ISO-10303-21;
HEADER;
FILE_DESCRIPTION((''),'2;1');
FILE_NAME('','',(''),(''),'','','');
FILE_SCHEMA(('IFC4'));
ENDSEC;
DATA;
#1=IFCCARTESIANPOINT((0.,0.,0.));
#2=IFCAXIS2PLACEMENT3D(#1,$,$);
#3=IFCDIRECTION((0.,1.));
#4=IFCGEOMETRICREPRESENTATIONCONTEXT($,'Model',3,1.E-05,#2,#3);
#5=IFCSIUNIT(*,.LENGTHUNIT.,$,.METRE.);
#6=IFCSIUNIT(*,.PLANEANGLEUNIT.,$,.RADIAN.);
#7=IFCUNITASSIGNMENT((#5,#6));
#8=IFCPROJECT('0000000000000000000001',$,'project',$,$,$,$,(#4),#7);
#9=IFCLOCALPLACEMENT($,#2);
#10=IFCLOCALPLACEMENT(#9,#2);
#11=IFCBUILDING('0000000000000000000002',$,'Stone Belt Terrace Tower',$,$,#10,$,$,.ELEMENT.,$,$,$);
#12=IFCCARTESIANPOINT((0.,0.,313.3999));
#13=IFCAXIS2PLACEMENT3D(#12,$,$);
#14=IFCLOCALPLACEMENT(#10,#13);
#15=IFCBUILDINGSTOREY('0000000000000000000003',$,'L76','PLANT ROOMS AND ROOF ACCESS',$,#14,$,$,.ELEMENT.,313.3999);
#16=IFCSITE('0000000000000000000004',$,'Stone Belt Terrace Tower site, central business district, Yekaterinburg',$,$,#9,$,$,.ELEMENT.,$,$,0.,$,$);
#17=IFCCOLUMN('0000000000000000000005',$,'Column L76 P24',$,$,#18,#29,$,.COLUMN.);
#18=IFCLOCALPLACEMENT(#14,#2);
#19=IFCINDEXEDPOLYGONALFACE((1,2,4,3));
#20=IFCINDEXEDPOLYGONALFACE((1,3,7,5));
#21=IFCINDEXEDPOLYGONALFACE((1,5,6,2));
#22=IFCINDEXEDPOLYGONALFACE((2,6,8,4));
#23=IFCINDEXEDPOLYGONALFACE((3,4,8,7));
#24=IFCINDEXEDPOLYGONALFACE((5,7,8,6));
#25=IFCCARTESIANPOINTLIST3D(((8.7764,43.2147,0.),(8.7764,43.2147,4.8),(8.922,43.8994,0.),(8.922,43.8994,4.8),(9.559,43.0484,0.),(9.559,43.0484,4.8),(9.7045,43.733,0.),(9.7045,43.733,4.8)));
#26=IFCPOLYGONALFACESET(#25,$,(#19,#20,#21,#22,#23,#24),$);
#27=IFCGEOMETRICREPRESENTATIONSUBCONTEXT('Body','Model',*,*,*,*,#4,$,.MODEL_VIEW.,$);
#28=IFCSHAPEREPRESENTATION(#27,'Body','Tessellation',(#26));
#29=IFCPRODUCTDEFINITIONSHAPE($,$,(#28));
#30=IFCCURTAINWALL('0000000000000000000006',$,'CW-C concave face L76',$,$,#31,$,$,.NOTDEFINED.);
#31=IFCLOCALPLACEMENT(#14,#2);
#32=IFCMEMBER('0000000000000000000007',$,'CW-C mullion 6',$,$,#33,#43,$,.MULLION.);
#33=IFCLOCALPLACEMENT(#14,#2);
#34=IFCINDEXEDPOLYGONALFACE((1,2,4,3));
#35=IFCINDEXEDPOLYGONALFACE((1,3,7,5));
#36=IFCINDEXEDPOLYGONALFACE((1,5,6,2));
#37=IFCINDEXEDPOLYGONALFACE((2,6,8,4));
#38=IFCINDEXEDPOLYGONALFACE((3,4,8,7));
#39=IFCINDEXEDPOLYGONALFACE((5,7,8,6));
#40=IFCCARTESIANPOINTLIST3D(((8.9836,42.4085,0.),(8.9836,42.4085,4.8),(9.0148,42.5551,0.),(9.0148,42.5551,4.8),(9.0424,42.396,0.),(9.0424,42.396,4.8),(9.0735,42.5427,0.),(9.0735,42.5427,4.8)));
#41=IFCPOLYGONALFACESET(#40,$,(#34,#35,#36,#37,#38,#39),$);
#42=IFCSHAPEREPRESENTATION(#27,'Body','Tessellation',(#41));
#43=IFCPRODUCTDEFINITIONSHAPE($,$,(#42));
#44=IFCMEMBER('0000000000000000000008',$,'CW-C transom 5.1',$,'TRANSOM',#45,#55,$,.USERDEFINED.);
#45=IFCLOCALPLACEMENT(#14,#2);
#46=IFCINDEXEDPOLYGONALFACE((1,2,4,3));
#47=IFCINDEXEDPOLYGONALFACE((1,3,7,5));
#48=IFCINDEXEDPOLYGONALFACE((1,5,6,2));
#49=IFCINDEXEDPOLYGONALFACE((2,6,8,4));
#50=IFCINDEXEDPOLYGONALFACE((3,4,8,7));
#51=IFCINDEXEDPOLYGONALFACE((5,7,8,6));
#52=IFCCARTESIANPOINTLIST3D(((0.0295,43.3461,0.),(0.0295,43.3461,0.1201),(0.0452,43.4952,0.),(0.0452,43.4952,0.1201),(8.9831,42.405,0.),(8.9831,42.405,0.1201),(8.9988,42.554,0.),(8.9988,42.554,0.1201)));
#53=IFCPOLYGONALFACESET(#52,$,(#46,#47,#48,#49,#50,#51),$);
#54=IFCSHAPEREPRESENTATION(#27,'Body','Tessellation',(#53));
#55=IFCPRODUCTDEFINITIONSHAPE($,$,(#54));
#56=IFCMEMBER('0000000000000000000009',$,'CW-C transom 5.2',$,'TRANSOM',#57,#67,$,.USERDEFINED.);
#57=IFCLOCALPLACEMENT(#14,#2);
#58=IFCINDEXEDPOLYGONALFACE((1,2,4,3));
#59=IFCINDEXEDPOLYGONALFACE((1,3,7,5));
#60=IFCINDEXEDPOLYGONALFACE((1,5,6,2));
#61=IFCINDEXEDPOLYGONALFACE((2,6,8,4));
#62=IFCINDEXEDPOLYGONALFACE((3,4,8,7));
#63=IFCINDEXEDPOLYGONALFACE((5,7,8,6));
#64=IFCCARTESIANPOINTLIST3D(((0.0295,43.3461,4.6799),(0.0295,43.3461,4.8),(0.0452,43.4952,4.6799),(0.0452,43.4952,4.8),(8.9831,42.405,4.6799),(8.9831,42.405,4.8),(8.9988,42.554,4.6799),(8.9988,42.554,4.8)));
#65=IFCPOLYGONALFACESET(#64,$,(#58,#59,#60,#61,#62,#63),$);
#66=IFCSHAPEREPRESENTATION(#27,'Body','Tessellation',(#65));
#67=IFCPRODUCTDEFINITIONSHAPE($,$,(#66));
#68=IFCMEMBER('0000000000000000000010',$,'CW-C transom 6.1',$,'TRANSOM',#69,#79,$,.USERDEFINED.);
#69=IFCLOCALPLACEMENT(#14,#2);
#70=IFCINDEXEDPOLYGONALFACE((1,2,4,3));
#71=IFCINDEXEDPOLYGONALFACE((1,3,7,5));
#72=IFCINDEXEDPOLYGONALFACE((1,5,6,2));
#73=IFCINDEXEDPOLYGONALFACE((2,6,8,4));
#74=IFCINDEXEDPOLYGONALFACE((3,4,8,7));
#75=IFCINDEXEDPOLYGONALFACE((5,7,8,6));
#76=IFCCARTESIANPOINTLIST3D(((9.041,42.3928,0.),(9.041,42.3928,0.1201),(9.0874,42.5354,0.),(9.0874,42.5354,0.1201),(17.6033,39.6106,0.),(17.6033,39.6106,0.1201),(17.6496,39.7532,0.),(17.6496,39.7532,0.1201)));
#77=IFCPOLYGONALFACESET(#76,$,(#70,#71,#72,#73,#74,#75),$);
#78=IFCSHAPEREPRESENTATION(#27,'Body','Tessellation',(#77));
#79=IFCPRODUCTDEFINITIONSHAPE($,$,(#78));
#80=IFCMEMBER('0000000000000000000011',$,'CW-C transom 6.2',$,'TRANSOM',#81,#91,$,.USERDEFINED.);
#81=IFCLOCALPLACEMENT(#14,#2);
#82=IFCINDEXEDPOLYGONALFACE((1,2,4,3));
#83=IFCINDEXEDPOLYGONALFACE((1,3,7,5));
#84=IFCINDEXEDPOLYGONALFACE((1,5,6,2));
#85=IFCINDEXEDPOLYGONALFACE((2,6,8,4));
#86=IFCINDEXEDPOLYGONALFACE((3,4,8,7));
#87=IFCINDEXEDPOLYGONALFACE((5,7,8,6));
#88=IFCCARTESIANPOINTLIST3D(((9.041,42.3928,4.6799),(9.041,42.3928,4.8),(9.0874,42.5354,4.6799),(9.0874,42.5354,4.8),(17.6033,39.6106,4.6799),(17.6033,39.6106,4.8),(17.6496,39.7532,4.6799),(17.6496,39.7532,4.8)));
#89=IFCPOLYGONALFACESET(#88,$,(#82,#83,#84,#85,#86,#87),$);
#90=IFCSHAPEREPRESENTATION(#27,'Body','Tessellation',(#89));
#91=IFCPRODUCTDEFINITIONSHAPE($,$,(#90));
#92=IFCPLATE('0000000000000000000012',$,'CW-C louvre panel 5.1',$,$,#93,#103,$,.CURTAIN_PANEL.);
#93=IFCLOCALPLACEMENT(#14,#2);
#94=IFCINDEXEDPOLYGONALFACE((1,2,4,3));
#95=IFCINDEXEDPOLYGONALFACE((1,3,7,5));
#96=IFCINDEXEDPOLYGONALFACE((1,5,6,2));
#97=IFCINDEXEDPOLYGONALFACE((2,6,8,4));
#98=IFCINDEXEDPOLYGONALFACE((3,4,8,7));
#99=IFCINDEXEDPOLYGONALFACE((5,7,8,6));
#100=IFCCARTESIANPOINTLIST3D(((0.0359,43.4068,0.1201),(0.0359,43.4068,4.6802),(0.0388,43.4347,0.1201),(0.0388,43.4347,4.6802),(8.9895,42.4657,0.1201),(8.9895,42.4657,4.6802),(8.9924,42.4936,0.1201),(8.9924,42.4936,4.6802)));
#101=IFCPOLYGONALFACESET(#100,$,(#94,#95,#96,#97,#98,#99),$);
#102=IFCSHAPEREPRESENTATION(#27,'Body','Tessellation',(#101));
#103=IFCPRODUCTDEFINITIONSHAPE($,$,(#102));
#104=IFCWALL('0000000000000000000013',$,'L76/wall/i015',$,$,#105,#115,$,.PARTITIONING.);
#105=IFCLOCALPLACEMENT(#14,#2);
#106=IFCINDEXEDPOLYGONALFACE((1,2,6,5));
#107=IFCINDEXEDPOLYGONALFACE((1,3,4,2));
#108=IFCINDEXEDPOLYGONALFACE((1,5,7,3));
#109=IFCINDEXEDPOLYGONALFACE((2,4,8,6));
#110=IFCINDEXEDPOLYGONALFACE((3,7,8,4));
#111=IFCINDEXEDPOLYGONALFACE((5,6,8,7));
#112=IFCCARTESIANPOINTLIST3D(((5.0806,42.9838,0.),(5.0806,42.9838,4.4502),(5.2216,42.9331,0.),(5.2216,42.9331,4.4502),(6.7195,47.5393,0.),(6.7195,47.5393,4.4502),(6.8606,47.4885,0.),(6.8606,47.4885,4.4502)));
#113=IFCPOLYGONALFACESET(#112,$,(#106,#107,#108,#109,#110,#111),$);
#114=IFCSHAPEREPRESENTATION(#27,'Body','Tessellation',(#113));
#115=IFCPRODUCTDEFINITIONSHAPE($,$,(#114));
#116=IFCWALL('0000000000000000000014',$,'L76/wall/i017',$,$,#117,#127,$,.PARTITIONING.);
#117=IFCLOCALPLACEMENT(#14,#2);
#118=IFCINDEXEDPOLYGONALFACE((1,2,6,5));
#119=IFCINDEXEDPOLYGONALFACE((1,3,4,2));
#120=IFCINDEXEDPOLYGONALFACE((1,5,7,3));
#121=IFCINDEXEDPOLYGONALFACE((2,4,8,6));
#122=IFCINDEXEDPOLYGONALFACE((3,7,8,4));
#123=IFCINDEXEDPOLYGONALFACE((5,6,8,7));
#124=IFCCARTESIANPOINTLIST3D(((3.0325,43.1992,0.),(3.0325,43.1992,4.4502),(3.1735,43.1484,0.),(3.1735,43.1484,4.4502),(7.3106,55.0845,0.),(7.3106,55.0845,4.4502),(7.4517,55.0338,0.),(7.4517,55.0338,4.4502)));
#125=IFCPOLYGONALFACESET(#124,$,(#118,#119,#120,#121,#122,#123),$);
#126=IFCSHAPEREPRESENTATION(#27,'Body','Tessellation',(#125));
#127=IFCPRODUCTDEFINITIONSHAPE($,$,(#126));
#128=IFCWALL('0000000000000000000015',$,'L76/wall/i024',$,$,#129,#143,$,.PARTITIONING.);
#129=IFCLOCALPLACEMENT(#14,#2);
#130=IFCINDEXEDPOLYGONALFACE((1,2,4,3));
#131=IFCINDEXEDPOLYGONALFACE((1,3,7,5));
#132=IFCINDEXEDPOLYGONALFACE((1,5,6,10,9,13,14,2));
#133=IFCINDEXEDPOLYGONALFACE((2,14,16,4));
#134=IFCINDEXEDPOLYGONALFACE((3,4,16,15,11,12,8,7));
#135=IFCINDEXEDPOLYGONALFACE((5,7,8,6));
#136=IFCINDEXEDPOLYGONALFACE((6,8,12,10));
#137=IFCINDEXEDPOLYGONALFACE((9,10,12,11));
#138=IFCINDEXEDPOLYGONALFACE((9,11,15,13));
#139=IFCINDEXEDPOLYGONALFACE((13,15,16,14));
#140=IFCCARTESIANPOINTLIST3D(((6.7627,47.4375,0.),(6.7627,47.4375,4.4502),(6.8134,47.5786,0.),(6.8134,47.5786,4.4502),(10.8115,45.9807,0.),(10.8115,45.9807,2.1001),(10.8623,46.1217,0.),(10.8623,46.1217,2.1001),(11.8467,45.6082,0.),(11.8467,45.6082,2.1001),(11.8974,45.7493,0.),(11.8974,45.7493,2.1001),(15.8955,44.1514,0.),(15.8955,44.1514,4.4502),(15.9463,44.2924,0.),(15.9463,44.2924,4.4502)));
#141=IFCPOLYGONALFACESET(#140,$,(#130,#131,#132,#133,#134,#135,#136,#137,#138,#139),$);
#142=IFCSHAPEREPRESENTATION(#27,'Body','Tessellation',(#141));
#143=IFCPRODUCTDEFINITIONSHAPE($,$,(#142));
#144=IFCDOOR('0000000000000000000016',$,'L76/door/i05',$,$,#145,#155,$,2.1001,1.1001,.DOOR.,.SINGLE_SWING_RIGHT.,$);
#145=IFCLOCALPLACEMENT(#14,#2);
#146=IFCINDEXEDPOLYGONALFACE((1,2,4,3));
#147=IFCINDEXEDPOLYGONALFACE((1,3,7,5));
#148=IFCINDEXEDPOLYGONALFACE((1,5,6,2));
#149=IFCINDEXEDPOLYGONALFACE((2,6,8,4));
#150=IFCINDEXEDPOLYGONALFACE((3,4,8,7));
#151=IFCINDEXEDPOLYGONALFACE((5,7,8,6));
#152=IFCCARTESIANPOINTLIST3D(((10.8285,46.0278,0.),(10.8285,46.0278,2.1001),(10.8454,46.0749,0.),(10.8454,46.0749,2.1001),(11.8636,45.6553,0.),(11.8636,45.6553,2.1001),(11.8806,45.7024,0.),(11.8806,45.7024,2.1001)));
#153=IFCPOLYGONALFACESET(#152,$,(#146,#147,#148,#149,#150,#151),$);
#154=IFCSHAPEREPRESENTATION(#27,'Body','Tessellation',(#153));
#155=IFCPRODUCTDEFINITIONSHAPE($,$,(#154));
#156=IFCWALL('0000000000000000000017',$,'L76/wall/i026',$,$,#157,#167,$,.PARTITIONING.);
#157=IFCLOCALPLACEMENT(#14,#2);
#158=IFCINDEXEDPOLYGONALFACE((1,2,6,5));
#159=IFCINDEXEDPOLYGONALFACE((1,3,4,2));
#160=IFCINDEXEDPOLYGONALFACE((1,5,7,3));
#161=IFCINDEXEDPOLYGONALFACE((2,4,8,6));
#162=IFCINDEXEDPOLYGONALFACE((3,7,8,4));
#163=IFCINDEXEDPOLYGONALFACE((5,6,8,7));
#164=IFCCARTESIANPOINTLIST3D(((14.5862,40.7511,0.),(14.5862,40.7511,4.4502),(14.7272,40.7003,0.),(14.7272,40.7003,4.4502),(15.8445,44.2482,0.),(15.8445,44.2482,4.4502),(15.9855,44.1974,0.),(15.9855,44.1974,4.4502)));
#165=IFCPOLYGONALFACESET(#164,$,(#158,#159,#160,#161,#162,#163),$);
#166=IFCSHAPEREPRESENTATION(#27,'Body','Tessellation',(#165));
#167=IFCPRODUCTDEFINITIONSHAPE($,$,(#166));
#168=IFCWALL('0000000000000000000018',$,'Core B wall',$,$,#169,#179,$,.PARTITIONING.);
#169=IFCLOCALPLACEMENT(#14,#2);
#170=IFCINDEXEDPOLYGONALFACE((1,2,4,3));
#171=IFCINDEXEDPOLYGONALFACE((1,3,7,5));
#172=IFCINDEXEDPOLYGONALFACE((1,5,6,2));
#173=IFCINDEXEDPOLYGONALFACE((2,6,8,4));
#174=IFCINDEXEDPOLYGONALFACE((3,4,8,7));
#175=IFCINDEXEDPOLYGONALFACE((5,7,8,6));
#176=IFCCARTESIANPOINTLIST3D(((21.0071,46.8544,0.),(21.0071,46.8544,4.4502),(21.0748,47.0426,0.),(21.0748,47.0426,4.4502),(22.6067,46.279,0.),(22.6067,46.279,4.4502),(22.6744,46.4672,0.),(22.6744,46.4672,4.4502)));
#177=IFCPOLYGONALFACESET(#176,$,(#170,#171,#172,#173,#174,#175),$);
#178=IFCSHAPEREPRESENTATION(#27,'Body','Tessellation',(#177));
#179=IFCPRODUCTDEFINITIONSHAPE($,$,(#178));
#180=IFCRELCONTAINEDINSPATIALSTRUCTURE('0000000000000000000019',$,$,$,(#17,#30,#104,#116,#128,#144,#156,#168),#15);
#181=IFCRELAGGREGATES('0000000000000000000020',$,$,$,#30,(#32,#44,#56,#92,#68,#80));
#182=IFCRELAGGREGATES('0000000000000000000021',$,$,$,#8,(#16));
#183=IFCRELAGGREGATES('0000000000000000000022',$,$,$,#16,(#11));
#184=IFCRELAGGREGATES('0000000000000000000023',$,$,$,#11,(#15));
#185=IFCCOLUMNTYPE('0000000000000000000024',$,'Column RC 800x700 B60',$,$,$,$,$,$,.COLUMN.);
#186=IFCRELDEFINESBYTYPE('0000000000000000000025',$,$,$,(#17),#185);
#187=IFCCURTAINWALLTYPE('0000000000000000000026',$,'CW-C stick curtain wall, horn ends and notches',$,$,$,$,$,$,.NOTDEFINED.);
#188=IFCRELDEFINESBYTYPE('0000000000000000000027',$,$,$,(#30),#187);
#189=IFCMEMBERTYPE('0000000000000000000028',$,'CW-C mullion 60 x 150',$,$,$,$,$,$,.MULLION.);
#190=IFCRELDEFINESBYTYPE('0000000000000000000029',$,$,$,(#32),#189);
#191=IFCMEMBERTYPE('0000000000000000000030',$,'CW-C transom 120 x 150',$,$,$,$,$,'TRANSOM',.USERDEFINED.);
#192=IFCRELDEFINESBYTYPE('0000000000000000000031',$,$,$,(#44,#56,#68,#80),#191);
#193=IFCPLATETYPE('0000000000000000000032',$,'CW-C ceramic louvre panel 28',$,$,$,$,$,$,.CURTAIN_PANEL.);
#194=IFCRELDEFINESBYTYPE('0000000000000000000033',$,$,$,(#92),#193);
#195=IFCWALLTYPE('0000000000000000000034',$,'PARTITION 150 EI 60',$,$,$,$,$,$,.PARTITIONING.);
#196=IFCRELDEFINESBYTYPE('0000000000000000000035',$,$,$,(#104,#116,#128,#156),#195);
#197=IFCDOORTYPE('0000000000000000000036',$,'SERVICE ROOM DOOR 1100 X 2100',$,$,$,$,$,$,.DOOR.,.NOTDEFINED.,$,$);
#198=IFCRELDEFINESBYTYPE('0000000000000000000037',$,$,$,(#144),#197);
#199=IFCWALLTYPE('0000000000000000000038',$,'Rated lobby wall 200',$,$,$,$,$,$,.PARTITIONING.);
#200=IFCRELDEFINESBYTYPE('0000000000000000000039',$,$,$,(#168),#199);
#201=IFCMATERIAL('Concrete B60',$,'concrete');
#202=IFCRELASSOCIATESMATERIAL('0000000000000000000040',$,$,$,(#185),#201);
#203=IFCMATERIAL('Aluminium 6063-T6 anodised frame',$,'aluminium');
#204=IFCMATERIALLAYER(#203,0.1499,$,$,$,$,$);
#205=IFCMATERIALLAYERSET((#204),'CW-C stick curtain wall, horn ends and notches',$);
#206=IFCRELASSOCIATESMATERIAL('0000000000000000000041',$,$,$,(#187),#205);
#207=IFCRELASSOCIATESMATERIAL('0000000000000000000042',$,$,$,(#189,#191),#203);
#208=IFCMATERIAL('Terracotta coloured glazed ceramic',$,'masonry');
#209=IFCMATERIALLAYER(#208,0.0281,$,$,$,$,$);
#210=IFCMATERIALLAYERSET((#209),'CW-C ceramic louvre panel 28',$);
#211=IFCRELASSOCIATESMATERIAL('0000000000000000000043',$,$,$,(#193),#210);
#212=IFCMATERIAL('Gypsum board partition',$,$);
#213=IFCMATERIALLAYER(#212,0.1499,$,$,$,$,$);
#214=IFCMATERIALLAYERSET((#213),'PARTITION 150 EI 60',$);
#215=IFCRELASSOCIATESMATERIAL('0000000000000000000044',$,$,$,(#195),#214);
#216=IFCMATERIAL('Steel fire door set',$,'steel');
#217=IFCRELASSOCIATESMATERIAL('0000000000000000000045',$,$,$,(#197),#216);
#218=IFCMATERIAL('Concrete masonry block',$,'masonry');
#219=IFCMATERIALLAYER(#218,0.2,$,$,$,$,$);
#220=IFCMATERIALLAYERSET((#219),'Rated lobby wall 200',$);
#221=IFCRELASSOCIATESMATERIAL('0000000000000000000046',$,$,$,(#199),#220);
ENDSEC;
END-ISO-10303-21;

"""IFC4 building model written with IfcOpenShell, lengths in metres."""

from ifc_helpers import new_model, si_unit, direction, frame, frame_2d, origin, origin_2d, place, context, subcontext, project, spatial, rectangle, extrude, material, layer, layer_set, material_profile, profile_set, type_object, element, fill, aggregate, save


model = new_model("IFC4")

# Units and contexts
model_context = context("Model", 3, precision=1e-05, world=origin(), true_north=direction((0.0, 1.0)))
body_context = subcontext(model_context, "Body", "Model", "MODEL_VIEW")
ifc_project = project(units=[si_unit("LENGTHUNIT", "METRE"), si_unit("PLANEANGLEUNIT", "RADIAN")], contexts=[model_context])

# Site, building, storey
site_placement = place(None, origin())
site = spatial("IfcSite", under=ifc_project, at=site_placement, Name="Stone Belt Terrace Tower site, central business district, Yekaterinburg", CompositionType="ELEMENT", RefElevation=0.0)
building_placement = place(site_placement, origin())
building = spatial("IfcBuilding", under=site, at=building_placement, Name="Stone Belt Terrace Tower", CompositionType="ELEMENT")
storey_placement = place(building_placement, frame((0.0, 0.0, 313.3999)))
storey = spatial("IfcBuildingStorey", under=building, at=storey_placement, Name="L76", Description="PLANT ROOMS AND ROOF ACCESS", CompositionType="ELEMENT", Elevation=313.3999)

# Column
ifc_material_1 = material(Name="Concrete B60", Category="concrete")
ifc_material_profile_1 = material_profile(ifc_material_1, rectangle(XDim=0.8, YDim=0.7, at=origin_2d()), Name="RC 800x700")
ifc_profile_set_1 = profile_set([ifc_material_profile_1], Name="Concrete B60")
column_type = type_object("IfcColumnType", Name="Column RC 800x700 B60", PredefinedType="COLUMN", material=ifc_profile_set_1)
column_placement = place(storey_placement, frame((9.2405, 43.4739, 0.0), z_axis=(0.0, 0.0, 1.0), x_axis=(0.978148, -0.207912, 0.0)))
element("IfcColumn", 1, at=column_placement, inside=storey, type_object=column_type, Name="Column L76 P24", PredefinedType="COLUMN", context=body_context, shape_type="SweptSolid", body=[
    extrude(rectangle(XDim=0.8, YDim=0.7, at=origin_2d()), origin(), (0.0, 0.0, 1.0), 4.8),
])

# Curtain wall, members, plate
ifc_material_2 = material(Name="Aluminium 6063-T6 anodised frame", Category="aluminium")
ifc_layer_1 = layer(ifc_material_2, 0.1499)
ifc_layer_set_1 = layer_set([ifc_layer_1], Name="CW-C stick curtain wall, horn ends and notches")
curtain_wall_type = type_object("IfcCurtainWallType", Name="CW-C stick curtain wall, horn ends and notches", PredefinedType="NOTDEFINED", material=ifc_layer_set_1)
curtain_wall_placement = place(storey_placement, origin())
curtain_wall = element("IfcCurtainWall", 2, at=curtain_wall_placement, inside=storey, type_object=curtain_wall_type, Name="CW-C concave face L76", PredefinedType="NOTDEFINED")
ifc_material_profile_2 = material_profile(ifc_material_2, rectangle(XDim=0.1499, YDim=0.0601, at=origin_2d()), Name="Aluminium 6063-T6 60x150")
ifc_profile_set_2 = profile_set([ifc_material_profile_2], Name="Aluminium 6063-T6 anodised frame")
member_type_1 = type_object("IfcMemberType", Name="CW-C mullion 60 x 150", PredefinedType="MULLION", material=ifc_profile_set_2)
member_1_placement = place(storey_placement, frame((9.0286, 42.4756, 0.0), z_axis=(0.0, 0.0, 1.0), x_axis=(0.207912, 0.978148, 0.0)))
member_1 = element("IfcMember", 3, at=member_1_placement, type_object=member_type_1, Name="CW-C mullion 6", PredefinedType="MULLION", context=body_context, shape_type="SweptSolid", body=[
    extrude(rectangle(XDim=0.1499, YDim=0.0601, at=origin_2d()), origin(), (0.0, 0.0, 1.0), 4.8),
])
ifc_material_profile_3 = material_profile(ifc_material_2, rectangle(XDim=0.1499, YDim=0.1201, at=origin_2d()), Name="Aluminium 6063-T6 150x120")
ifc_profile_set_3 = profile_set([ifc_material_profile_3], Name="Aluminium 6063-T6 anodised frame")
member_type_2 = type_object("IfcMemberType", Name="CW-C transom 120 x 150", ElementType="TRANSOM", PredefinedType="USERDEFINED", material=ifc_profile_set_3)
member_2_placement = place(storey_placement, frame((0.0374, 43.4207, 0.0601), z_axis=(0.994521, -0.104539, 0.0), x_axis=(0.104539, 0.994521, 0.0)))
member_2 = element("IfcMember", 4, at=member_2_placement, type_object=member_type_2, Name="CW-C transom 5.1", ObjectType="TRANSOM", PredefinedType="USERDEFINED", context=body_context, shape_type="SweptSolid", body=[
    extrude(rectangle(XDim=0.1499, YDim=0.1201, at=origin_2d()), origin(), (0.0, 0.0, 1.0), 9.0029),
])
member_3_placement = place(storey_placement, frame((0.0374, 43.4207, 4.74), z_axis=(0.994521, -0.104539, 0.0), x_axis=(0.104539, 0.994521, 0.0)))
member_3 = element("IfcMember", 5, at=member_3_placement, type_object=member_type_2, Name="CW-C transom 5.2", ObjectType="TRANSOM", PredefinedType="USERDEFINED", context=body_context, shape_type="SweptSolid", body=[
    extrude(rectangle(XDim=0.1499, YDim=0.1201, at=origin_2d()), origin(), (0.0, 0.0, 1.0), 9.0029),
])
member_4_placement = place(storey_placement, frame((9.0642, 42.4641, 0.0601), z_axis=(0.951051, -0.309035, 0.0), x_axis=(0.309035, 0.951051, 0.0)))
member_4 = element("IfcMember", 6, at=member_4_placement, type_object=member_type_2, Name="CW-C transom 6.1", ObjectType="TRANSOM", PredefinedType="USERDEFINED", context=body_context, shape_type="SweptSolid", body=[
    extrude(rectangle(XDim=0.1499, YDim=0.1201, at=origin_2d()), origin(), (0.0, 0.0, 1.0), 9.0029),
])
member_5_placement = place(storey_placement, frame((9.0642, 42.4641, 4.74), z_axis=(0.951051, -0.309035, 0.0), x_axis=(0.309035, 0.951051, 0.0)))
member_5 = element("IfcMember", 7, at=member_5_placement, type_object=member_type_2, Name="CW-C transom 6.2", ObjectType="TRANSOM", PredefinedType="USERDEFINED", context=body_context, shape_type="SweptSolid", body=[
    extrude(rectangle(XDim=0.1499, YDim=0.1201, at=origin_2d()), origin(), (0.0, 0.0, 1.0), 9.0029),
])
ifc_material_3 = material(Name="Terracotta coloured glazed ceramic", Category="masonry")
ifc_layer_2 = layer(ifc_material_3, 0.0281)
ifc_layer_set_2 = layer_set([ifc_layer_2], Name="CW-C ceramic louvre panel 28")
plate_type = type_object("IfcPlateType", Name="CW-C ceramic louvre panel 28", PredefinedType="CURTAIN_PANEL", material=ifc_layer_set_2)
plate_placement = place(storey_placement, frame((4.5142, 42.9502, 0.1201), z_axis=(0.0, 0.0, 1.0), x_axis=(0.994522, -0.104528, 0.0)))
plate = element("IfcPlate", 8, at=plate_placement, type_object=plate_type, Name="CW-C louvre panel 5.1", PredefinedType="CURTAIN_PANEL", context=body_context, shape_type="SweptSolid", body=[
    extrude(rectangle(XDim=9.0029, YDim=0.0281, at=origin_2d()), origin(), (0.0, 0.0, 1.0), 4.5601),
])
aggregate(curtain_wall, [member_1, member_2, member_3, plate, member_4, member_5])

# Walls
ifc_material_4 = material(Name="Gypsum board partition")
ifc_layer_3 = layer(ifc_material_4, 0.1499)
ifc_layer_set_3 = layer_set([ifc_layer_3], Name="PARTITION 150 EI 60")
wall_type_1 = type_object("IfcWallType", Name="PARTITION 150 EI 60", PredefinedType="PARTITIONING", material=ifc_layer_set_3)
wall_1_placement = place(storey_placement, frame((6.79, 47.5139, 0.0), z_axis=(0.0, 0.0, 1.0), x_axis=(-0.33853, -0.940956, 0.0)))
element("IfcWall", 9, at=wall_1_placement, inside=storey, type_object=wall_type_1, Name="L76/wall/i015", PredefinedType="PARTITIONING", context=body_context, shape_type="SweptSolid", body=[
    extrude(rectangle(XDim=4.8413, YDim=0.1499, at=frame_2d((2.4207, 0.0))), origin(), (0.0, 0.0, 1.0), 4.4502),
])
wall_2_placement = place(storey_placement, frame((3.103, 43.1738, 0.0), z_axis=(0.0, 0.0, 1.0), x_axis=(0.338676, 0.940903, 0.0)))
element("IfcWall", 10, at=wall_2_placement, inside=storey, type_object=wall_type_1, Name="L76/wall/i017", PredefinedType="PARTITIONING", context=body_context, shape_type="SweptSolid", body=[
    extrude(rectangle(XDim=12.6318, YDim=0.1499, at=frame_2d((6.3159, 0.0))), origin(), (0.0, 0.0, 1.0), 4.4502),
])

# Wall, opening, door
wall_3_placement = place(storey_placement, frame((15.9209, 44.2219, 0.0), z_axis=(0.0, 0.0, 1.0), x_axis=(-0.940943, 0.338566, 0.0)))
wall_3 = element("IfcWall", 11, at=wall_3_placement, inside=storey, type_object=wall_type_1, Name="L76/wall/i024", PredefinedType="PARTITIONING", context=body_context, shape_type="SweptSolid", body=[
    extrude(rectangle(XDim=9.7061, YDim=0.1499, at=frame_2d((4.853, 0.0))), origin(), (0.0, 0.0, 1.0), 4.4502),
])
opening_1_placement = place(wall_3_placement, frame((4.303, 0.0, 0.0)))
opening_1 = element("IfcOpeningElement", 12, at=opening_1_placement, cuts=wall_3, PredefinedType="OPENING", context=body_context, shape_type="SweptSolid", body=[
    extrude(rectangle(XDim=1.1001, YDim=2.1001, at=frame_2d((0.55, 1.05))), frame((0.0, 0.085, 0.0), z_axis=(0.0, -1.0, 0.0), x_axis=(1.0, 0.0, 0.0)), (0.0, 0.0, 1.0), 0.1699),
])
ifc_material_5 = material(Name="Steel fire door set", Category="steel")
door_type_1 = type_object("IfcDoorType", Name="SERVICE ROOM DOOR 1100 X 2100", OperationType="NOTDEFINED", PredefinedType="DOOR", material=ifc_material_5)
door_1_placement = place(opening_1_placement, origin())
door_1 = element("IfcDoor", 13, at=door_1_placement, inside=storey, type_object=door_type_1, Name="L76/door/i05", OperationType="SINGLE_SWING_RIGHT", OverallHeight=2.1001, OverallWidth=1.1001, PredefinedType="DOOR", context=body_context, shape_type="SweptSolid", body=[
    extrude(rectangle(XDim=1.1001, YDim=2.1001, at=frame_2d((0.55, 1.05))), frame((0.0, 0.0249, 0.0), z_axis=(0.0, -1.0, 0.0), x_axis=(1.0, 0.0, 0.0)), (0.0, 0.0, 1.0), 0.05),
])
fill(opening_1, door_1)

# Walls
wall_4_placement = place(storey_placement, frame((15.915, 44.2229, 0.0), z_axis=(0.0, 0.0, 1.0), x_axis=(-0.338566, -0.940943, 0.0)))
element("IfcWall", 14, at=wall_4_placement, inside=storey, type_object=wall_type_1, Name="L76/wall/i026", PredefinedType="PARTITIONING", context=body_context, shape_type="SweptSolid", body=[
    extrude(rectangle(XDim=3.7166, YDim=0.1499, at=frame_2d((1.8584, 0.0))), origin(), (0.0, 0.0, 1.0), 4.4502),
])
ifc_material_6 = material(Name="Concrete masonry block", Category="masonry")
ifc_layer_4 = layer(ifc_material_6, 0.2)
ifc_layer_set_4 = layer_set([ifc_layer_4], Name="Rated lobby wall 200")
wall_type_2 = type_object("IfcWallType", Name="Rated lobby wall 200", PredefinedType="PARTITIONING", material=ifc_layer_set_4)
wall_5_placement = place(storey_placement, frame((22.6406, 46.373, 0.0), z_axis=(0.0, 0.0, 1.0), x_axis=(-0.940966, 0.338501, 0.0)))
element("IfcWall", 15, at=wall_5_placement, inside=storey, type_object=wall_type_2, Name="Core B wall", PredefinedType="PARTITIONING", context=body_context, shape_type="SweptSolid", body=[
    extrude(rectangle(XDim=1.7, YDim=0.2, at=frame_2d((0.8501, 0.0))), origin(), (0.0, 0.0, 1.0), 4.4502),
])

save(model, "model.ifc")
